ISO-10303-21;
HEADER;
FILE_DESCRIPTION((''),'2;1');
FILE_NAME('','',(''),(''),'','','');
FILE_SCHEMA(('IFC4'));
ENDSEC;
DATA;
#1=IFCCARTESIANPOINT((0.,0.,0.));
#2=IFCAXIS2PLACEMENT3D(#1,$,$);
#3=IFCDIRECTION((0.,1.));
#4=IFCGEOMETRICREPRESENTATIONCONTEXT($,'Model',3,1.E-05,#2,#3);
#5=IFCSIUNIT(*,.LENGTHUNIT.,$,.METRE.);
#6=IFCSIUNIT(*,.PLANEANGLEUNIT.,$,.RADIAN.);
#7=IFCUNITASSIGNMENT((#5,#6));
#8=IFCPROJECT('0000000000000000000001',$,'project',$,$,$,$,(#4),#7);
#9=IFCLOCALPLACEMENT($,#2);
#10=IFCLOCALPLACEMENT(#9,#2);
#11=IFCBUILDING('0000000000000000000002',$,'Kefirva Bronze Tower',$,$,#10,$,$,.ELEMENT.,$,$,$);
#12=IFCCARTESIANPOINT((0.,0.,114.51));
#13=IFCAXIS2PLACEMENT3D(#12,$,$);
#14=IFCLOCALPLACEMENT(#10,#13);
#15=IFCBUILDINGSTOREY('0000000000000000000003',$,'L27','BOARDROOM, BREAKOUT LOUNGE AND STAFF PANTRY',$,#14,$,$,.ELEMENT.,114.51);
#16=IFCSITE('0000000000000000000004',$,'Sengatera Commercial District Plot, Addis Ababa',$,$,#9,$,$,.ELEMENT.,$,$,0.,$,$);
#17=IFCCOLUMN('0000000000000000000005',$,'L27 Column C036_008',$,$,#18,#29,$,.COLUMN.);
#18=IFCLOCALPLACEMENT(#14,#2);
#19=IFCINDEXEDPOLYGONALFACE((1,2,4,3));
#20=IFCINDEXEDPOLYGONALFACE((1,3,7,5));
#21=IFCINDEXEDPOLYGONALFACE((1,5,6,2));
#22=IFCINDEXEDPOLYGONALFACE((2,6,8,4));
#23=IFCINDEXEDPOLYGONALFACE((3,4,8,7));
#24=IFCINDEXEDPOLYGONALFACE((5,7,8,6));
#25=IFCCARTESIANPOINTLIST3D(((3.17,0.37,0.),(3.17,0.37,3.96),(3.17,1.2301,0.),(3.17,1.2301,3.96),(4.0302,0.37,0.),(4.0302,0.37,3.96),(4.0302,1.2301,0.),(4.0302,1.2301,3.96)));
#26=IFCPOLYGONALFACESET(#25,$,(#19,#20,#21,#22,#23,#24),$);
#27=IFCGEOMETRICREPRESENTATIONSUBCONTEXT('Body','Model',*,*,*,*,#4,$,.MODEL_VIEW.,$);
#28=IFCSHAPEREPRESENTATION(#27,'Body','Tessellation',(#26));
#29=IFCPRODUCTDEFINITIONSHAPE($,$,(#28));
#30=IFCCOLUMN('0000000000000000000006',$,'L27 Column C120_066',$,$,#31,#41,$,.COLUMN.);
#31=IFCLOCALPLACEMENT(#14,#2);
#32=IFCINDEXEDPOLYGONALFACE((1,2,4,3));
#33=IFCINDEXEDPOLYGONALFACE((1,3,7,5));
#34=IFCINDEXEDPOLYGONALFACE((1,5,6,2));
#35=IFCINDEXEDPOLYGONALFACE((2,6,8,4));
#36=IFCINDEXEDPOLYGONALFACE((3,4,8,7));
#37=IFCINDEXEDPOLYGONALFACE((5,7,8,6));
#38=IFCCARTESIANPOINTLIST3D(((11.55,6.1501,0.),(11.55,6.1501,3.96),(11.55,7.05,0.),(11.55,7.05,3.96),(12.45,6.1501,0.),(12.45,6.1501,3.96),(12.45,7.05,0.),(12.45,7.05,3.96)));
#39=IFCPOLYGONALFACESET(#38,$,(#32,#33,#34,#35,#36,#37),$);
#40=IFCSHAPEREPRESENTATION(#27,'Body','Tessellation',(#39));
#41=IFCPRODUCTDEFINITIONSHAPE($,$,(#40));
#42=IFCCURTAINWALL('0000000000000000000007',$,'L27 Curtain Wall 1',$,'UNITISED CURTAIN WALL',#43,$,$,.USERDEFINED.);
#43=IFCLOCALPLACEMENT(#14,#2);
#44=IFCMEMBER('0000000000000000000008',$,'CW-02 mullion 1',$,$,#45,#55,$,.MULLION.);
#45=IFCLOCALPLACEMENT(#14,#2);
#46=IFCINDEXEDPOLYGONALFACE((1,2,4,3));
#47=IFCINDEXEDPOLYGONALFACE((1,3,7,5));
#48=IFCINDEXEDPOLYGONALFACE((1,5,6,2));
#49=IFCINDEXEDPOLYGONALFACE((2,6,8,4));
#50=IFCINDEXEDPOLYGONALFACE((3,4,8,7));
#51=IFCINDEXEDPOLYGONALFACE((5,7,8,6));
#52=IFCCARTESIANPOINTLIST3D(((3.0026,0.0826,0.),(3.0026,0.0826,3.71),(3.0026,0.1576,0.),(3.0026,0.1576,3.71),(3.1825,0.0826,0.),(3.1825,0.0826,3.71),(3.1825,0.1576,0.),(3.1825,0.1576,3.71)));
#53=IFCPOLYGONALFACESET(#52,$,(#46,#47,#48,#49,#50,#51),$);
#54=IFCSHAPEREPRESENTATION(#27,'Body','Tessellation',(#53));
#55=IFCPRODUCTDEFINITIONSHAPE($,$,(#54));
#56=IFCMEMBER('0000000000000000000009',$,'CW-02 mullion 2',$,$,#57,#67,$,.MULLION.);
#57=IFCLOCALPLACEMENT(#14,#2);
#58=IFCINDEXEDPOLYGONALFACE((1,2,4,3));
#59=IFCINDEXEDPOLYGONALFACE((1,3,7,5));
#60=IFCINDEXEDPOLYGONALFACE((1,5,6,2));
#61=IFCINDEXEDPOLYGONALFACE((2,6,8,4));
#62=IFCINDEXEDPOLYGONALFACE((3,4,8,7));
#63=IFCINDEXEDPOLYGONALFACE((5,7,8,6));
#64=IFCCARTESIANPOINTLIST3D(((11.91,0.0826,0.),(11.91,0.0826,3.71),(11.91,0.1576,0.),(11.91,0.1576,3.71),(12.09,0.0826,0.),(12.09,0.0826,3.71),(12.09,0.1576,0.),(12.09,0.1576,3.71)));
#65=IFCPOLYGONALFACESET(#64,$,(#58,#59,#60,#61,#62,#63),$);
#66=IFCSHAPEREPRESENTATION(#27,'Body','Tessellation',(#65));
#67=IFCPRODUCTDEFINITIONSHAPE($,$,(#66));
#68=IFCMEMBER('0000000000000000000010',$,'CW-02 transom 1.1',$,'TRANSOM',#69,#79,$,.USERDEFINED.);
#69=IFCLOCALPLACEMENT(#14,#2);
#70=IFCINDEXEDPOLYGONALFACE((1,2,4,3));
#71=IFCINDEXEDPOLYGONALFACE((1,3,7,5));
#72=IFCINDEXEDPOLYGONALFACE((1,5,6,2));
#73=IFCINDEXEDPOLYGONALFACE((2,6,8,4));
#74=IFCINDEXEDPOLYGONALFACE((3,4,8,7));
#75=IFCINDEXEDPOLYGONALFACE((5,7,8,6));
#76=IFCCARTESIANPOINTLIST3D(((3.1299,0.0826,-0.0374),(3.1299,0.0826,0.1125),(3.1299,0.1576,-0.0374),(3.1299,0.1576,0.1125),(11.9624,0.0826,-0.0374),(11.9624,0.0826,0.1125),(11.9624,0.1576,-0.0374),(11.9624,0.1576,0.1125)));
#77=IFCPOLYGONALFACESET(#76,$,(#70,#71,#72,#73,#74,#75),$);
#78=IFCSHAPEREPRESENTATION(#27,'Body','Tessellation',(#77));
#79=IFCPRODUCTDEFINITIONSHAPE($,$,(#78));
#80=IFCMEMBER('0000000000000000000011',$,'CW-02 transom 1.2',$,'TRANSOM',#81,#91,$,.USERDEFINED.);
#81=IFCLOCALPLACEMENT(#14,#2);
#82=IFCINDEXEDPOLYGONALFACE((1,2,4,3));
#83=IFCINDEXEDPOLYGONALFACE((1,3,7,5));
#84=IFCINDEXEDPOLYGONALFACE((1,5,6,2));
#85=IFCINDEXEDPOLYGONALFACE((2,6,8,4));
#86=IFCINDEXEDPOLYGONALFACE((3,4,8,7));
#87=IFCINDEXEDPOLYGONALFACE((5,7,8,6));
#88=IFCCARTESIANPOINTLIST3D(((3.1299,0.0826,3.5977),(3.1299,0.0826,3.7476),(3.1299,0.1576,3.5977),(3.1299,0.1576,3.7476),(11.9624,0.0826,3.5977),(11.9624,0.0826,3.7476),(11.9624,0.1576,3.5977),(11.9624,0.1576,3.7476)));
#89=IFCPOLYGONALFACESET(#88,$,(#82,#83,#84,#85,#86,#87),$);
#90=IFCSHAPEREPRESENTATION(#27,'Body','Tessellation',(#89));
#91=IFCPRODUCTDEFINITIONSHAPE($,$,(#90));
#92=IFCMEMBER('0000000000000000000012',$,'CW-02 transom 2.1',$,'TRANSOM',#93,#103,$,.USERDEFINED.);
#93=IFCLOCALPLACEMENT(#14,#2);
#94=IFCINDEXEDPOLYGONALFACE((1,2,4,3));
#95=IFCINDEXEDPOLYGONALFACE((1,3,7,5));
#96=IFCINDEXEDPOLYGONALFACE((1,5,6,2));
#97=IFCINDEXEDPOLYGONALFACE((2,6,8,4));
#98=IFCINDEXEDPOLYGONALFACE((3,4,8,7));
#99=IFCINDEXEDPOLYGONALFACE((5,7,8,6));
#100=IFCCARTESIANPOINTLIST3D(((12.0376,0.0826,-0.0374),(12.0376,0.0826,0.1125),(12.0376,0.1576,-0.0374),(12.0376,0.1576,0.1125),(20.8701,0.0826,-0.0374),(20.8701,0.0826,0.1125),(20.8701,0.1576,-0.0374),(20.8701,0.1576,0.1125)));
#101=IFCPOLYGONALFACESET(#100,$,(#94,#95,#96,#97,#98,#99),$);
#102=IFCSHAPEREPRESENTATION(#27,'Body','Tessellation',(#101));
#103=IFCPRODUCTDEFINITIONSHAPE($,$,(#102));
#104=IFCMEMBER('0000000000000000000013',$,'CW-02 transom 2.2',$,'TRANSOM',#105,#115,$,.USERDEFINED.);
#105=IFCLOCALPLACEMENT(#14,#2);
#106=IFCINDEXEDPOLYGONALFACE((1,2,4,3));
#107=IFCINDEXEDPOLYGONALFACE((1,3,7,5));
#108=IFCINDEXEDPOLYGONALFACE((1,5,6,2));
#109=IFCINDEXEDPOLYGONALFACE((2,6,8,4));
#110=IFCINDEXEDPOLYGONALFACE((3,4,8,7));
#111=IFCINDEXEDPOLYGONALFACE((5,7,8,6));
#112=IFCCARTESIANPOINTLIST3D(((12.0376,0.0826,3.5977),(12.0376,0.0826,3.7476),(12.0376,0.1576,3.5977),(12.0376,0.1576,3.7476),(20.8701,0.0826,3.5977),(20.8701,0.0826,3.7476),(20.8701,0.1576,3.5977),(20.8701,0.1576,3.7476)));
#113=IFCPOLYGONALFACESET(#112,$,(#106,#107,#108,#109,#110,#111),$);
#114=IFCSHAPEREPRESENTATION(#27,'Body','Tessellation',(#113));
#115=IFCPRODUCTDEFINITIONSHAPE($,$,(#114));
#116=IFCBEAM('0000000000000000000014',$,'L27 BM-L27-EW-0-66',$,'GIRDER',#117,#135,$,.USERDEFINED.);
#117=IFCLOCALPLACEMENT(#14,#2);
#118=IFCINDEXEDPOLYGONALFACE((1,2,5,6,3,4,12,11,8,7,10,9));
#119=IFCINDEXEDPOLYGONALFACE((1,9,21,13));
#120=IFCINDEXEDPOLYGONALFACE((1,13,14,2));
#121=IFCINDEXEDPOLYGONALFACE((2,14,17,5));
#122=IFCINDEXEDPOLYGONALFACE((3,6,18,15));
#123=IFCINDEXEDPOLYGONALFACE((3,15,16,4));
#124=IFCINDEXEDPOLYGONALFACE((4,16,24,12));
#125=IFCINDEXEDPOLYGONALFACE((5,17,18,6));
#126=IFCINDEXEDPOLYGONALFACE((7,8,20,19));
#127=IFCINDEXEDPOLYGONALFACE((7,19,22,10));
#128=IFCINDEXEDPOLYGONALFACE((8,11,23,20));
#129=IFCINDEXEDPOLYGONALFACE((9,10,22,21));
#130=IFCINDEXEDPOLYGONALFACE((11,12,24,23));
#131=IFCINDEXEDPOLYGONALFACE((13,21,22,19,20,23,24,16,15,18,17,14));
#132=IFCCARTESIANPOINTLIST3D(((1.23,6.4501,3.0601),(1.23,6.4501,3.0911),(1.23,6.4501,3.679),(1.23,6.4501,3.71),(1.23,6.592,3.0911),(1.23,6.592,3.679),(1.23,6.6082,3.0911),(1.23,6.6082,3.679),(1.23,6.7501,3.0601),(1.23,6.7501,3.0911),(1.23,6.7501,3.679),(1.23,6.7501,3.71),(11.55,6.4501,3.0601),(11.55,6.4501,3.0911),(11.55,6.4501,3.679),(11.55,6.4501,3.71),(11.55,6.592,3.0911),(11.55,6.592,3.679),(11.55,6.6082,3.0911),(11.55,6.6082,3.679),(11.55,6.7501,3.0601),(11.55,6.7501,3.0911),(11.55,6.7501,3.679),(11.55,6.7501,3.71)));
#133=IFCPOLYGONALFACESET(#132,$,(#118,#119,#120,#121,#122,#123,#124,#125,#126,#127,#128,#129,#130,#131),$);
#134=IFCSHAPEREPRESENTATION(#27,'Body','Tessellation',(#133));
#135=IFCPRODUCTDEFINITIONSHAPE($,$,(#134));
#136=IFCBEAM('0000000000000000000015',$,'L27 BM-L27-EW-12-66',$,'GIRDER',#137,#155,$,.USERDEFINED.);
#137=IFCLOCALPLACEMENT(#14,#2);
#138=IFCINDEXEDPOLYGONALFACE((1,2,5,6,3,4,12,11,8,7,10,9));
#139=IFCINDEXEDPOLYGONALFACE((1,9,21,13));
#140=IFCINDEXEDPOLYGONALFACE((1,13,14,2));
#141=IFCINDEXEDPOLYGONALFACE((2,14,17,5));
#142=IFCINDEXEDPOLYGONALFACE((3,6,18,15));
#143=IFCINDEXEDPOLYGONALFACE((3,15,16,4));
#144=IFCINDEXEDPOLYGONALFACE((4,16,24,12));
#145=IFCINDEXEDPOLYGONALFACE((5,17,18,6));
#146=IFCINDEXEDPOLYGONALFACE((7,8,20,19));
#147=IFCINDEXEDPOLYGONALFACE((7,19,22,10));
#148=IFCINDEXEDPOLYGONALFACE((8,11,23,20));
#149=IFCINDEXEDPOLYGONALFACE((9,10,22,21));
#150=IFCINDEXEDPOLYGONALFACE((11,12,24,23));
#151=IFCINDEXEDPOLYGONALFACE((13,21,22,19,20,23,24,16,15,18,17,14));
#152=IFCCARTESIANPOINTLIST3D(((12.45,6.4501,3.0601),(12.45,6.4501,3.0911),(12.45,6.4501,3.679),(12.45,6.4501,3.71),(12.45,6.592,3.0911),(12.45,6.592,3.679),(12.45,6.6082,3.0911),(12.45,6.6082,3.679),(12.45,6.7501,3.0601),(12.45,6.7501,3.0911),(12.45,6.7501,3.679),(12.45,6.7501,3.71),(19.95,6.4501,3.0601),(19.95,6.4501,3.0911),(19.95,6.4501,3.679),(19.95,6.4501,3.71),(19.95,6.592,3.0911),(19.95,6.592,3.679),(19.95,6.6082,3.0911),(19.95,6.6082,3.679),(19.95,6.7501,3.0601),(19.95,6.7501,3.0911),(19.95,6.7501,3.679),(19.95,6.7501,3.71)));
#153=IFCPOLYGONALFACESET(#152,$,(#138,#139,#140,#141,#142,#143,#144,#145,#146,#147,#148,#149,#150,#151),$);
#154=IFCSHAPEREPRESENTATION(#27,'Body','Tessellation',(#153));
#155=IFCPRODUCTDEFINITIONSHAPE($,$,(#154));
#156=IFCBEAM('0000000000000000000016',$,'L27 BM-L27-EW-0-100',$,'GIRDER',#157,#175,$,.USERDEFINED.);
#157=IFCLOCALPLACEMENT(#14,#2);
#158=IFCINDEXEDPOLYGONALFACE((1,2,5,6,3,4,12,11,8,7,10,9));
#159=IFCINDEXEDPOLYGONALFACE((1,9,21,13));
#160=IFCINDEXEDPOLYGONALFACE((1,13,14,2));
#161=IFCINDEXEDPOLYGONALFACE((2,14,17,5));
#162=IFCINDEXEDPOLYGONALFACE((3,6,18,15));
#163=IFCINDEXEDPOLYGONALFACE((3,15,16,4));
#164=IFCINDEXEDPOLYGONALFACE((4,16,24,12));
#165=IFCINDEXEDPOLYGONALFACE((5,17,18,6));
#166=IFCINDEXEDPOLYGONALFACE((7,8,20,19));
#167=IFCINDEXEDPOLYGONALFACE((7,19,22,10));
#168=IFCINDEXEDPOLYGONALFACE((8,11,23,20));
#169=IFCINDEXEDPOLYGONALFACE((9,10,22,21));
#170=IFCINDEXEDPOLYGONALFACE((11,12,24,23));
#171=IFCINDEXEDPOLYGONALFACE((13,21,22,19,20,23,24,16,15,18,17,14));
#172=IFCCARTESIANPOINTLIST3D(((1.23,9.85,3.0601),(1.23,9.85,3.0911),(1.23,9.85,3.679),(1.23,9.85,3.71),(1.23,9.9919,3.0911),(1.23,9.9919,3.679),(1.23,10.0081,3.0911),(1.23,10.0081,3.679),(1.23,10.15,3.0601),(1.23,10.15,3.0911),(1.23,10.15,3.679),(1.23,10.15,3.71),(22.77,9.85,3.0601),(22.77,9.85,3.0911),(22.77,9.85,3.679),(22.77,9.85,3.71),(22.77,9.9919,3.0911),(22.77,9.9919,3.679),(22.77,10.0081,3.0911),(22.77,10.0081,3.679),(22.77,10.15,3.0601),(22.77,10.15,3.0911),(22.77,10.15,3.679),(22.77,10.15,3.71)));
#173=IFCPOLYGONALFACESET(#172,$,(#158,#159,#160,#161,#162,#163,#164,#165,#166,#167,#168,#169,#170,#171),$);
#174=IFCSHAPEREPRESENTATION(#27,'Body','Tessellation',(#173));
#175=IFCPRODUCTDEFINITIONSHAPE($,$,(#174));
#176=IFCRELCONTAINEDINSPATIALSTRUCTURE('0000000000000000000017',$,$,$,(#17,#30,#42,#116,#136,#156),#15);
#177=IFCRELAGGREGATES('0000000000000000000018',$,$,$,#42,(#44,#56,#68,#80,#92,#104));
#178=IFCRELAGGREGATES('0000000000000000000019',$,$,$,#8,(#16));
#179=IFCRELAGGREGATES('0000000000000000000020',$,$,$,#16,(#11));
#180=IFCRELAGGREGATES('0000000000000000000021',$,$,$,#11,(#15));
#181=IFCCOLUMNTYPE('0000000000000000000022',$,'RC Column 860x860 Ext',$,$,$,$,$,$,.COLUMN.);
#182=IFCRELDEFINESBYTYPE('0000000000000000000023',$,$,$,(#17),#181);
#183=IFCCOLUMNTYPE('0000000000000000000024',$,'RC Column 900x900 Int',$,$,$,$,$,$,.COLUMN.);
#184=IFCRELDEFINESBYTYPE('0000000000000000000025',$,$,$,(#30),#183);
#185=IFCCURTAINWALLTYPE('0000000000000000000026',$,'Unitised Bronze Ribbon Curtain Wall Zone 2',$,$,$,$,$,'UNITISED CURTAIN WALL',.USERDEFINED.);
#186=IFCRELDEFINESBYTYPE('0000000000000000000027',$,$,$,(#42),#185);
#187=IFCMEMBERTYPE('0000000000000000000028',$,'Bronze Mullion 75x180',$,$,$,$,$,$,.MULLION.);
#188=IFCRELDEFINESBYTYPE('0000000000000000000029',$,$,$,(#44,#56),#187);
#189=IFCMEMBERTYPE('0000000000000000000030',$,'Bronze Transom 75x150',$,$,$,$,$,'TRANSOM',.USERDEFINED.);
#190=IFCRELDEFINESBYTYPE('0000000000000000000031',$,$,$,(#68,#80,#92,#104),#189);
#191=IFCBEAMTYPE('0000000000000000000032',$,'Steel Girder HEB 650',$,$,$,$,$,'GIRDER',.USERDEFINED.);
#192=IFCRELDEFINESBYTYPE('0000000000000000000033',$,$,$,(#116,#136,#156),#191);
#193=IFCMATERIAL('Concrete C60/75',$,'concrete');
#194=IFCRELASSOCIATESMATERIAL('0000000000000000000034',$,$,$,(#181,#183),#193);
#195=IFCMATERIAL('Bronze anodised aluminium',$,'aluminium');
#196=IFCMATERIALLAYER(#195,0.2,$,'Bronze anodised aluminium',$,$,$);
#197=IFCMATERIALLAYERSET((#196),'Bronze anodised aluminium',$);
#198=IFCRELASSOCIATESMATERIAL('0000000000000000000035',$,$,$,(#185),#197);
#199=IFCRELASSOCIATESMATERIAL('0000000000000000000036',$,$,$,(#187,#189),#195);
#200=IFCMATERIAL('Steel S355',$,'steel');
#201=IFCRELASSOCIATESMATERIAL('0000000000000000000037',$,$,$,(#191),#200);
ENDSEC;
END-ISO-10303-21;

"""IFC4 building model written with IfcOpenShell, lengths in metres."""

from ifc_helpers import new_model, si_unit, direction, frame, origin, origin_2d, place, context, subcontext, project, spatial, rectangle, i_section, extrude, material, layer, layer_set, material_profile, profile_set, type_object, element, aggregate, save


model = new_model("IFC4")

# Units and contexts
model_context = context("Model", 3, precision=1e-05, world=origin(), true_north=direction((0.0, 1.0)))
body_context = subcontext(model_context, "Body", "Model", "MODEL_VIEW")
ifc_project = project(units=[si_unit("LENGTHUNIT", "METRE"), si_unit("PLANEANGLEUNIT", "RADIAN")], contexts=[model_context])

# Site, building, storey
site_placement = place(None, origin())
site = spatial("IfcSite", under=ifc_project, at=site_placement, Name="Sengatera Commercial District Plot, Addis Ababa", CompositionType="ELEMENT", RefElevation=0.0)
building_placement = place(site_placement, origin())
building = spatial("IfcBuilding", under=site, at=building_placement, Name="Kefirva Bronze Tower", CompositionType="ELEMENT")
storey_placement = place(building_placement, frame((0.0, 0.0, 114.51)))
storey = spatial("IfcBuildingStorey", under=building, at=storey_placement, Name="L27", Description="BOARDROOM, BREAKOUT LOUNGE AND STAFF PANTRY", CompositionType="ELEMENT", Elevation=114.51)

# Columns
ifc_material_1 = material(Name="Concrete C60/75", Category="concrete")
ifc_material_profile_1 = material_profile(ifc_material_1, rectangle(XDim=0.8601, YDim=0.8601, at=origin_2d()), Name="RC 860x860")
ifc_profile_set_1 = profile_set([ifc_material_profile_1], Name="Concrete C60/75")
column_type_1 = type_object("IfcColumnType", Name="RC Column 860x860 Ext", PredefinedType="COLUMN", material=ifc_profile_set_1)
column_1_placement = place(storey_placement, frame((3.6001, 0.8, 0.0), z_axis=(0.0, 0.0, 1.0), x_axis=(1.0, 0.0, 0.0)))
element("IfcColumn", 1, at=column_1_placement, inside=storey, type_object=column_type_1, Name="L27 Column C036_008", PredefinedType="COLUMN", context=body_context, shape_type="SweptSolid", body=[
    extrude(rectangle(XDim=0.8601, YDim=0.8601, at=origin_2d()), origin(), (0.0, 0.0, 1.0), 3.96),
])
ifc_material_profile_2 = material_profile(ifc_material_1, rectangle(XDim=0.8999, YDim=0.8999, at=origin_2d()), Name="RC 900x900")
ifc_profile_set_2 = profile_set([ifc_material_profile_2], Name="Concrete C60/75")
column_type_2 = type_object("IfcColumnType", Name="RC Column 900x900 Int", PredefinedType="COLUMN", material=ifc_profile_set_2)
column_2_placement = place(storey_placement, frame((12.0, 6.6001, 0.0), z_axis=(0.0, 0.0, 1.0), x_axis=(1.0, 0.0, 0.0)))
element("IfcColumn", 2, at=column_2_placement, inside=storey, type_object=column_type_2, Name="L27 Column C120_066", PredefinedType="COLUMN", context=body_context, shape_type="SweptSolid", body=[
    extrude(rectangle(XDim=0.8999, YDim=0.8999, at=origin_2d()), origin(), (0.0, 0.0, 1.0), 3.96),
])

# Curtain wall, members
ifc_material_2 = material(Name="Bronze anodised aluminium", Category="aluminium")
ifc_layer_1 = layer(ifc_material_2, 0.2, Name="Bronze anodised aluminium")
ifc_layer_set_1 = layer_set([ifc_layer_1], Name="Bronze anodised aluminium")
curtain_wall_type = type_object("IfcCurtainWallType", Name="Unitised Bronze Ribbon Curtain Wall Zone 2", ElementType="UNITISED CURTAIN WALL", PredefinedType="USERDEFINED", material=ifc_layer_set_1)
curtain_wall_placement = place(storey_placement, origin())
curtain_wall = element("IfcCurtainWall", 3, at=curtain_wall_placement, inside=storey, type_object=curtain_wall_type, Name="L27 Curtain Wall 1", ObjectType="UNITISED CURTAIN WALL", PredefinedType="USERDEFINED")
ifc_material_profile_3 = material_profile(ifc_material_2, rectangle(XDim=0.075, YDim=0.1799, at=origin_2d()), Name="ALU 75x180")
ifc_profile_set_3 = profile_set([ifc_material_profile_3], Name="Bronze anodised aluminium")
member_type_1 = type_object("IfcMemberType", Name="Bronze Mullion 75x180", PredefinedType="MULLION", material=ifc_profile_set_3)
member_1_placement = place(storey_placement, frame((3.0925, 0.1201, 0.0), z_axis=(0.0, 0.0, 1.0), x_axis=(0.0, 1.0, 0.0)))
member_1 = element("IfcMember", 4, at=member_1_placement, type_object=member_type_1, Name="CW-02 mullion 1", PredefinedType="MULLION", context=body_context, shape_type="SweptSolid", body=[
    extrude(rectangle(XDim=0.075, YDim=0.1799, at=origin_2d()), origin(), (0.0, 0.0, 1.0), 3.71),
])
member_2_placement = place(storey_placement, frame((12.0, 0.1201, 0.0), z_axis=(0.0, 0.0, 1.0), x_axis=(0.0, 1.0, 0.0)))
member_2 = element("IfcMember", 5, at=member_2_placement, type_object=member_type_1, Name="CW-02 mullion 2", PredefinedType="MULLION", context=body_context, shape_type="SweptSolid", body=[
    extrude(rectangle(XDim=0.075, YDim=0.1799, at=origin_2d()), origin(), (0.0, 0.0, 1.0), 3.71),
])
ifc_material_profile_4 = material_profile(ifc_material_2, rectangle(XDim=0.075, YDim=0.1499, at=origin_2d()), Name="ALU 75x150")
ifc_profile_set_4 = profile_set([ifc_material_profile_4], Name="Bronze anodised aluminium")
member_type_2 = type_object("IfcMemberType", Name="Bronze Transom 75x150", ElementType="TRANSOM", PredefinedType="USERDEFINED", material=ifc_profile_set_4)
member_3_placement = place(storey_placement, frame((3.1299, 0.1201, 0.0376), z_axis=(1.0, 0.0, 0.0), x_axis=(0.0, 1.0, 0.0)))
member_3 = element("IfcMember", 6, at=member_3_placement, type_object=member_type_2, Name="CW-02 transom 1.1", ObjectType="TRANSOM", PredefinedType="USERDEFINED", context=body_context, shape_type="SweptSolid", body=[
    extrude(rectangle(XDim=0.075, YDim=0.1499, at=origin_2d()), origin(), (0.0, 0.0, 1.0), 8.8325),
])
member_4_placement = place(storey_placement, frame((3.1299, 0.1201, 3.6726), z_axis=(1.0, 0.0, 0.0), x_axis=(0.0, 1.0, 0.0)))
member_4 = element("IfcMember", 7, at=member_4_placement, type_object=member_type_2, Name="CW-02 transom 1.2", ObjectType="TRANSOM", PredefinedType="USERDEFINED", context=body_context, shape_type="SweptSolid", body=[
    extrude(rectangle(XDim=0.075, YDim=0.1499, at=origin_2d()), origin(), (0.0, 0.0, 1.0), 8.8325),
])
member_5_placement = place(storey_placement, frame((12.0376, 0.1201, 0.0376), z_axis=(1.0, 0.0, 0.0), x_axis=(0.0, 1.0, 0.0)))
member_5 = element("IfcMember", 8, at=member_5_placement, type_object=member_type_2, Name="CW-02 transom 2.1", ObjectType="TRANSOM", PredefinedType="USERDEFINED", context=body_context, shape_type="SweptSolid", body=[
    extrude(rectangle(XDim=0.075, YDim=0.1499, at=origin_2d()), origin(), (0.0, 0.0, 1.0), 8.8325),
])
member_6_placement = place(storey_placement, frame((12.0376, 0.1201, 3.6726), z_axis=(1.0, 0.0, 0.0), x_axis=(0.0, 1.0, 0.0)))
member_6 = element("IfcMember", 9, at=member_6_placement, type_object=member_type_2, Name="CW-02 transom 2.2", ObjectType="TRANSOM", PredefinedType="USERDEFINED", context=body_context, shape_type="SweptSolid", body=[
    extrude(rectangle(XDim=0.075, YDim=0.1499, at=origin_2d()), origin(), (0.0, 0.0, 1.0), 8.8325),
])

# Beams
ifc_material_3 = material(Name="Steel S355", Category="steel")
ifc_material_profile_5 = material_profile(ifc_material_3, i_section(OverallWidth=0.3, OverallDepth=0.6499, WebThickness=0.0161, FlangeThickness=0.031, at=origin_2d()), Name="HEB 650")
ifc_profile_set_5 = profile_set([ifc_material_profile_5], Name="Steel S355")
beam_type_1 = type_object("IfcBeamType", Name="Steel Girder HEB 650", ElementType="GIRDER", PredefinedType="USERDEFINED", material=ifc_profile_set_5)
beam_1_placement = place(storey_placement, frame((1.23, 6.6001, 3.385), z_axis=(1.0, 0.0, 0.0), x_axis=(0.0, 1.0, 0.0)))
element("IfcBeam", 10, at=beam_1_placement, inside=storey, type_object=beam_type_1, Name="L27 BM-L27-EW-0-66", ObjectType="GIRDER", PredefinedType="USERDEFINED", context=body_context, shape_type="SweptSolid", body=[
    extrude(i_section(OverallWidth=0.3, OverallDepth=0.6499, WebThickness=0.0161, FlangeThickness=0.031, at=origin_2d()), origin(), (0.0, 0.0, 1.0), 10.3201),
])
beam_2_placement = place(storey_placement, frame((12.45, 6.6001, 3.385), z_axis=(1.0, 0.0, 0.0), x_axis=(0.0, 1.0, 0.0)))
element("IfcBeam", 11, at=beam_2_placement, inside=storey, type_object=beam_type_1, Name="L27 BM-L27-EW-12-66", ObjectType="GIRDER", PredefinedType="USERDEFINED", context=body_context, shape_type="SweptSolid", body=[
    extrude(i_section(OverallWidth=0.3, OverallDepth=0.6499, WebThickness=0.0161, FlangeThickness=0.031, at=origin_2d()), origin(), (0.0, 0.0, 1.0), 7.5),
])
beam_3_placement = place(storey_placement, frame((1.23, 10.0, 3.385), z_axis=(1.0, 0.0, 0.0), x_axis=(0.0, 1.0, 0.0)))
element("IfcBeam", 12, at=beam_3_placement, inside=storey, type_object=beam_type_1, Name="L27 BM-L27-EW-0-100", ObjectType="GIRDER", PredefinedType="USERDEFINED", context=body_context, shape_type="SweptSolid", body=[
    extrude(i_section(OverallWidth=0.3, OverallDepth=0.6499, WebThickness=0.0161, FlangeThickness=0.031, at=origin_2d()), origin(), (0.0, 0.0, 1.0), 21.54),
])

aggregate(curtain_wall, [member_1, member_2, member_3, member_4, member_5, member_6])

save(model, "model.ifc")
